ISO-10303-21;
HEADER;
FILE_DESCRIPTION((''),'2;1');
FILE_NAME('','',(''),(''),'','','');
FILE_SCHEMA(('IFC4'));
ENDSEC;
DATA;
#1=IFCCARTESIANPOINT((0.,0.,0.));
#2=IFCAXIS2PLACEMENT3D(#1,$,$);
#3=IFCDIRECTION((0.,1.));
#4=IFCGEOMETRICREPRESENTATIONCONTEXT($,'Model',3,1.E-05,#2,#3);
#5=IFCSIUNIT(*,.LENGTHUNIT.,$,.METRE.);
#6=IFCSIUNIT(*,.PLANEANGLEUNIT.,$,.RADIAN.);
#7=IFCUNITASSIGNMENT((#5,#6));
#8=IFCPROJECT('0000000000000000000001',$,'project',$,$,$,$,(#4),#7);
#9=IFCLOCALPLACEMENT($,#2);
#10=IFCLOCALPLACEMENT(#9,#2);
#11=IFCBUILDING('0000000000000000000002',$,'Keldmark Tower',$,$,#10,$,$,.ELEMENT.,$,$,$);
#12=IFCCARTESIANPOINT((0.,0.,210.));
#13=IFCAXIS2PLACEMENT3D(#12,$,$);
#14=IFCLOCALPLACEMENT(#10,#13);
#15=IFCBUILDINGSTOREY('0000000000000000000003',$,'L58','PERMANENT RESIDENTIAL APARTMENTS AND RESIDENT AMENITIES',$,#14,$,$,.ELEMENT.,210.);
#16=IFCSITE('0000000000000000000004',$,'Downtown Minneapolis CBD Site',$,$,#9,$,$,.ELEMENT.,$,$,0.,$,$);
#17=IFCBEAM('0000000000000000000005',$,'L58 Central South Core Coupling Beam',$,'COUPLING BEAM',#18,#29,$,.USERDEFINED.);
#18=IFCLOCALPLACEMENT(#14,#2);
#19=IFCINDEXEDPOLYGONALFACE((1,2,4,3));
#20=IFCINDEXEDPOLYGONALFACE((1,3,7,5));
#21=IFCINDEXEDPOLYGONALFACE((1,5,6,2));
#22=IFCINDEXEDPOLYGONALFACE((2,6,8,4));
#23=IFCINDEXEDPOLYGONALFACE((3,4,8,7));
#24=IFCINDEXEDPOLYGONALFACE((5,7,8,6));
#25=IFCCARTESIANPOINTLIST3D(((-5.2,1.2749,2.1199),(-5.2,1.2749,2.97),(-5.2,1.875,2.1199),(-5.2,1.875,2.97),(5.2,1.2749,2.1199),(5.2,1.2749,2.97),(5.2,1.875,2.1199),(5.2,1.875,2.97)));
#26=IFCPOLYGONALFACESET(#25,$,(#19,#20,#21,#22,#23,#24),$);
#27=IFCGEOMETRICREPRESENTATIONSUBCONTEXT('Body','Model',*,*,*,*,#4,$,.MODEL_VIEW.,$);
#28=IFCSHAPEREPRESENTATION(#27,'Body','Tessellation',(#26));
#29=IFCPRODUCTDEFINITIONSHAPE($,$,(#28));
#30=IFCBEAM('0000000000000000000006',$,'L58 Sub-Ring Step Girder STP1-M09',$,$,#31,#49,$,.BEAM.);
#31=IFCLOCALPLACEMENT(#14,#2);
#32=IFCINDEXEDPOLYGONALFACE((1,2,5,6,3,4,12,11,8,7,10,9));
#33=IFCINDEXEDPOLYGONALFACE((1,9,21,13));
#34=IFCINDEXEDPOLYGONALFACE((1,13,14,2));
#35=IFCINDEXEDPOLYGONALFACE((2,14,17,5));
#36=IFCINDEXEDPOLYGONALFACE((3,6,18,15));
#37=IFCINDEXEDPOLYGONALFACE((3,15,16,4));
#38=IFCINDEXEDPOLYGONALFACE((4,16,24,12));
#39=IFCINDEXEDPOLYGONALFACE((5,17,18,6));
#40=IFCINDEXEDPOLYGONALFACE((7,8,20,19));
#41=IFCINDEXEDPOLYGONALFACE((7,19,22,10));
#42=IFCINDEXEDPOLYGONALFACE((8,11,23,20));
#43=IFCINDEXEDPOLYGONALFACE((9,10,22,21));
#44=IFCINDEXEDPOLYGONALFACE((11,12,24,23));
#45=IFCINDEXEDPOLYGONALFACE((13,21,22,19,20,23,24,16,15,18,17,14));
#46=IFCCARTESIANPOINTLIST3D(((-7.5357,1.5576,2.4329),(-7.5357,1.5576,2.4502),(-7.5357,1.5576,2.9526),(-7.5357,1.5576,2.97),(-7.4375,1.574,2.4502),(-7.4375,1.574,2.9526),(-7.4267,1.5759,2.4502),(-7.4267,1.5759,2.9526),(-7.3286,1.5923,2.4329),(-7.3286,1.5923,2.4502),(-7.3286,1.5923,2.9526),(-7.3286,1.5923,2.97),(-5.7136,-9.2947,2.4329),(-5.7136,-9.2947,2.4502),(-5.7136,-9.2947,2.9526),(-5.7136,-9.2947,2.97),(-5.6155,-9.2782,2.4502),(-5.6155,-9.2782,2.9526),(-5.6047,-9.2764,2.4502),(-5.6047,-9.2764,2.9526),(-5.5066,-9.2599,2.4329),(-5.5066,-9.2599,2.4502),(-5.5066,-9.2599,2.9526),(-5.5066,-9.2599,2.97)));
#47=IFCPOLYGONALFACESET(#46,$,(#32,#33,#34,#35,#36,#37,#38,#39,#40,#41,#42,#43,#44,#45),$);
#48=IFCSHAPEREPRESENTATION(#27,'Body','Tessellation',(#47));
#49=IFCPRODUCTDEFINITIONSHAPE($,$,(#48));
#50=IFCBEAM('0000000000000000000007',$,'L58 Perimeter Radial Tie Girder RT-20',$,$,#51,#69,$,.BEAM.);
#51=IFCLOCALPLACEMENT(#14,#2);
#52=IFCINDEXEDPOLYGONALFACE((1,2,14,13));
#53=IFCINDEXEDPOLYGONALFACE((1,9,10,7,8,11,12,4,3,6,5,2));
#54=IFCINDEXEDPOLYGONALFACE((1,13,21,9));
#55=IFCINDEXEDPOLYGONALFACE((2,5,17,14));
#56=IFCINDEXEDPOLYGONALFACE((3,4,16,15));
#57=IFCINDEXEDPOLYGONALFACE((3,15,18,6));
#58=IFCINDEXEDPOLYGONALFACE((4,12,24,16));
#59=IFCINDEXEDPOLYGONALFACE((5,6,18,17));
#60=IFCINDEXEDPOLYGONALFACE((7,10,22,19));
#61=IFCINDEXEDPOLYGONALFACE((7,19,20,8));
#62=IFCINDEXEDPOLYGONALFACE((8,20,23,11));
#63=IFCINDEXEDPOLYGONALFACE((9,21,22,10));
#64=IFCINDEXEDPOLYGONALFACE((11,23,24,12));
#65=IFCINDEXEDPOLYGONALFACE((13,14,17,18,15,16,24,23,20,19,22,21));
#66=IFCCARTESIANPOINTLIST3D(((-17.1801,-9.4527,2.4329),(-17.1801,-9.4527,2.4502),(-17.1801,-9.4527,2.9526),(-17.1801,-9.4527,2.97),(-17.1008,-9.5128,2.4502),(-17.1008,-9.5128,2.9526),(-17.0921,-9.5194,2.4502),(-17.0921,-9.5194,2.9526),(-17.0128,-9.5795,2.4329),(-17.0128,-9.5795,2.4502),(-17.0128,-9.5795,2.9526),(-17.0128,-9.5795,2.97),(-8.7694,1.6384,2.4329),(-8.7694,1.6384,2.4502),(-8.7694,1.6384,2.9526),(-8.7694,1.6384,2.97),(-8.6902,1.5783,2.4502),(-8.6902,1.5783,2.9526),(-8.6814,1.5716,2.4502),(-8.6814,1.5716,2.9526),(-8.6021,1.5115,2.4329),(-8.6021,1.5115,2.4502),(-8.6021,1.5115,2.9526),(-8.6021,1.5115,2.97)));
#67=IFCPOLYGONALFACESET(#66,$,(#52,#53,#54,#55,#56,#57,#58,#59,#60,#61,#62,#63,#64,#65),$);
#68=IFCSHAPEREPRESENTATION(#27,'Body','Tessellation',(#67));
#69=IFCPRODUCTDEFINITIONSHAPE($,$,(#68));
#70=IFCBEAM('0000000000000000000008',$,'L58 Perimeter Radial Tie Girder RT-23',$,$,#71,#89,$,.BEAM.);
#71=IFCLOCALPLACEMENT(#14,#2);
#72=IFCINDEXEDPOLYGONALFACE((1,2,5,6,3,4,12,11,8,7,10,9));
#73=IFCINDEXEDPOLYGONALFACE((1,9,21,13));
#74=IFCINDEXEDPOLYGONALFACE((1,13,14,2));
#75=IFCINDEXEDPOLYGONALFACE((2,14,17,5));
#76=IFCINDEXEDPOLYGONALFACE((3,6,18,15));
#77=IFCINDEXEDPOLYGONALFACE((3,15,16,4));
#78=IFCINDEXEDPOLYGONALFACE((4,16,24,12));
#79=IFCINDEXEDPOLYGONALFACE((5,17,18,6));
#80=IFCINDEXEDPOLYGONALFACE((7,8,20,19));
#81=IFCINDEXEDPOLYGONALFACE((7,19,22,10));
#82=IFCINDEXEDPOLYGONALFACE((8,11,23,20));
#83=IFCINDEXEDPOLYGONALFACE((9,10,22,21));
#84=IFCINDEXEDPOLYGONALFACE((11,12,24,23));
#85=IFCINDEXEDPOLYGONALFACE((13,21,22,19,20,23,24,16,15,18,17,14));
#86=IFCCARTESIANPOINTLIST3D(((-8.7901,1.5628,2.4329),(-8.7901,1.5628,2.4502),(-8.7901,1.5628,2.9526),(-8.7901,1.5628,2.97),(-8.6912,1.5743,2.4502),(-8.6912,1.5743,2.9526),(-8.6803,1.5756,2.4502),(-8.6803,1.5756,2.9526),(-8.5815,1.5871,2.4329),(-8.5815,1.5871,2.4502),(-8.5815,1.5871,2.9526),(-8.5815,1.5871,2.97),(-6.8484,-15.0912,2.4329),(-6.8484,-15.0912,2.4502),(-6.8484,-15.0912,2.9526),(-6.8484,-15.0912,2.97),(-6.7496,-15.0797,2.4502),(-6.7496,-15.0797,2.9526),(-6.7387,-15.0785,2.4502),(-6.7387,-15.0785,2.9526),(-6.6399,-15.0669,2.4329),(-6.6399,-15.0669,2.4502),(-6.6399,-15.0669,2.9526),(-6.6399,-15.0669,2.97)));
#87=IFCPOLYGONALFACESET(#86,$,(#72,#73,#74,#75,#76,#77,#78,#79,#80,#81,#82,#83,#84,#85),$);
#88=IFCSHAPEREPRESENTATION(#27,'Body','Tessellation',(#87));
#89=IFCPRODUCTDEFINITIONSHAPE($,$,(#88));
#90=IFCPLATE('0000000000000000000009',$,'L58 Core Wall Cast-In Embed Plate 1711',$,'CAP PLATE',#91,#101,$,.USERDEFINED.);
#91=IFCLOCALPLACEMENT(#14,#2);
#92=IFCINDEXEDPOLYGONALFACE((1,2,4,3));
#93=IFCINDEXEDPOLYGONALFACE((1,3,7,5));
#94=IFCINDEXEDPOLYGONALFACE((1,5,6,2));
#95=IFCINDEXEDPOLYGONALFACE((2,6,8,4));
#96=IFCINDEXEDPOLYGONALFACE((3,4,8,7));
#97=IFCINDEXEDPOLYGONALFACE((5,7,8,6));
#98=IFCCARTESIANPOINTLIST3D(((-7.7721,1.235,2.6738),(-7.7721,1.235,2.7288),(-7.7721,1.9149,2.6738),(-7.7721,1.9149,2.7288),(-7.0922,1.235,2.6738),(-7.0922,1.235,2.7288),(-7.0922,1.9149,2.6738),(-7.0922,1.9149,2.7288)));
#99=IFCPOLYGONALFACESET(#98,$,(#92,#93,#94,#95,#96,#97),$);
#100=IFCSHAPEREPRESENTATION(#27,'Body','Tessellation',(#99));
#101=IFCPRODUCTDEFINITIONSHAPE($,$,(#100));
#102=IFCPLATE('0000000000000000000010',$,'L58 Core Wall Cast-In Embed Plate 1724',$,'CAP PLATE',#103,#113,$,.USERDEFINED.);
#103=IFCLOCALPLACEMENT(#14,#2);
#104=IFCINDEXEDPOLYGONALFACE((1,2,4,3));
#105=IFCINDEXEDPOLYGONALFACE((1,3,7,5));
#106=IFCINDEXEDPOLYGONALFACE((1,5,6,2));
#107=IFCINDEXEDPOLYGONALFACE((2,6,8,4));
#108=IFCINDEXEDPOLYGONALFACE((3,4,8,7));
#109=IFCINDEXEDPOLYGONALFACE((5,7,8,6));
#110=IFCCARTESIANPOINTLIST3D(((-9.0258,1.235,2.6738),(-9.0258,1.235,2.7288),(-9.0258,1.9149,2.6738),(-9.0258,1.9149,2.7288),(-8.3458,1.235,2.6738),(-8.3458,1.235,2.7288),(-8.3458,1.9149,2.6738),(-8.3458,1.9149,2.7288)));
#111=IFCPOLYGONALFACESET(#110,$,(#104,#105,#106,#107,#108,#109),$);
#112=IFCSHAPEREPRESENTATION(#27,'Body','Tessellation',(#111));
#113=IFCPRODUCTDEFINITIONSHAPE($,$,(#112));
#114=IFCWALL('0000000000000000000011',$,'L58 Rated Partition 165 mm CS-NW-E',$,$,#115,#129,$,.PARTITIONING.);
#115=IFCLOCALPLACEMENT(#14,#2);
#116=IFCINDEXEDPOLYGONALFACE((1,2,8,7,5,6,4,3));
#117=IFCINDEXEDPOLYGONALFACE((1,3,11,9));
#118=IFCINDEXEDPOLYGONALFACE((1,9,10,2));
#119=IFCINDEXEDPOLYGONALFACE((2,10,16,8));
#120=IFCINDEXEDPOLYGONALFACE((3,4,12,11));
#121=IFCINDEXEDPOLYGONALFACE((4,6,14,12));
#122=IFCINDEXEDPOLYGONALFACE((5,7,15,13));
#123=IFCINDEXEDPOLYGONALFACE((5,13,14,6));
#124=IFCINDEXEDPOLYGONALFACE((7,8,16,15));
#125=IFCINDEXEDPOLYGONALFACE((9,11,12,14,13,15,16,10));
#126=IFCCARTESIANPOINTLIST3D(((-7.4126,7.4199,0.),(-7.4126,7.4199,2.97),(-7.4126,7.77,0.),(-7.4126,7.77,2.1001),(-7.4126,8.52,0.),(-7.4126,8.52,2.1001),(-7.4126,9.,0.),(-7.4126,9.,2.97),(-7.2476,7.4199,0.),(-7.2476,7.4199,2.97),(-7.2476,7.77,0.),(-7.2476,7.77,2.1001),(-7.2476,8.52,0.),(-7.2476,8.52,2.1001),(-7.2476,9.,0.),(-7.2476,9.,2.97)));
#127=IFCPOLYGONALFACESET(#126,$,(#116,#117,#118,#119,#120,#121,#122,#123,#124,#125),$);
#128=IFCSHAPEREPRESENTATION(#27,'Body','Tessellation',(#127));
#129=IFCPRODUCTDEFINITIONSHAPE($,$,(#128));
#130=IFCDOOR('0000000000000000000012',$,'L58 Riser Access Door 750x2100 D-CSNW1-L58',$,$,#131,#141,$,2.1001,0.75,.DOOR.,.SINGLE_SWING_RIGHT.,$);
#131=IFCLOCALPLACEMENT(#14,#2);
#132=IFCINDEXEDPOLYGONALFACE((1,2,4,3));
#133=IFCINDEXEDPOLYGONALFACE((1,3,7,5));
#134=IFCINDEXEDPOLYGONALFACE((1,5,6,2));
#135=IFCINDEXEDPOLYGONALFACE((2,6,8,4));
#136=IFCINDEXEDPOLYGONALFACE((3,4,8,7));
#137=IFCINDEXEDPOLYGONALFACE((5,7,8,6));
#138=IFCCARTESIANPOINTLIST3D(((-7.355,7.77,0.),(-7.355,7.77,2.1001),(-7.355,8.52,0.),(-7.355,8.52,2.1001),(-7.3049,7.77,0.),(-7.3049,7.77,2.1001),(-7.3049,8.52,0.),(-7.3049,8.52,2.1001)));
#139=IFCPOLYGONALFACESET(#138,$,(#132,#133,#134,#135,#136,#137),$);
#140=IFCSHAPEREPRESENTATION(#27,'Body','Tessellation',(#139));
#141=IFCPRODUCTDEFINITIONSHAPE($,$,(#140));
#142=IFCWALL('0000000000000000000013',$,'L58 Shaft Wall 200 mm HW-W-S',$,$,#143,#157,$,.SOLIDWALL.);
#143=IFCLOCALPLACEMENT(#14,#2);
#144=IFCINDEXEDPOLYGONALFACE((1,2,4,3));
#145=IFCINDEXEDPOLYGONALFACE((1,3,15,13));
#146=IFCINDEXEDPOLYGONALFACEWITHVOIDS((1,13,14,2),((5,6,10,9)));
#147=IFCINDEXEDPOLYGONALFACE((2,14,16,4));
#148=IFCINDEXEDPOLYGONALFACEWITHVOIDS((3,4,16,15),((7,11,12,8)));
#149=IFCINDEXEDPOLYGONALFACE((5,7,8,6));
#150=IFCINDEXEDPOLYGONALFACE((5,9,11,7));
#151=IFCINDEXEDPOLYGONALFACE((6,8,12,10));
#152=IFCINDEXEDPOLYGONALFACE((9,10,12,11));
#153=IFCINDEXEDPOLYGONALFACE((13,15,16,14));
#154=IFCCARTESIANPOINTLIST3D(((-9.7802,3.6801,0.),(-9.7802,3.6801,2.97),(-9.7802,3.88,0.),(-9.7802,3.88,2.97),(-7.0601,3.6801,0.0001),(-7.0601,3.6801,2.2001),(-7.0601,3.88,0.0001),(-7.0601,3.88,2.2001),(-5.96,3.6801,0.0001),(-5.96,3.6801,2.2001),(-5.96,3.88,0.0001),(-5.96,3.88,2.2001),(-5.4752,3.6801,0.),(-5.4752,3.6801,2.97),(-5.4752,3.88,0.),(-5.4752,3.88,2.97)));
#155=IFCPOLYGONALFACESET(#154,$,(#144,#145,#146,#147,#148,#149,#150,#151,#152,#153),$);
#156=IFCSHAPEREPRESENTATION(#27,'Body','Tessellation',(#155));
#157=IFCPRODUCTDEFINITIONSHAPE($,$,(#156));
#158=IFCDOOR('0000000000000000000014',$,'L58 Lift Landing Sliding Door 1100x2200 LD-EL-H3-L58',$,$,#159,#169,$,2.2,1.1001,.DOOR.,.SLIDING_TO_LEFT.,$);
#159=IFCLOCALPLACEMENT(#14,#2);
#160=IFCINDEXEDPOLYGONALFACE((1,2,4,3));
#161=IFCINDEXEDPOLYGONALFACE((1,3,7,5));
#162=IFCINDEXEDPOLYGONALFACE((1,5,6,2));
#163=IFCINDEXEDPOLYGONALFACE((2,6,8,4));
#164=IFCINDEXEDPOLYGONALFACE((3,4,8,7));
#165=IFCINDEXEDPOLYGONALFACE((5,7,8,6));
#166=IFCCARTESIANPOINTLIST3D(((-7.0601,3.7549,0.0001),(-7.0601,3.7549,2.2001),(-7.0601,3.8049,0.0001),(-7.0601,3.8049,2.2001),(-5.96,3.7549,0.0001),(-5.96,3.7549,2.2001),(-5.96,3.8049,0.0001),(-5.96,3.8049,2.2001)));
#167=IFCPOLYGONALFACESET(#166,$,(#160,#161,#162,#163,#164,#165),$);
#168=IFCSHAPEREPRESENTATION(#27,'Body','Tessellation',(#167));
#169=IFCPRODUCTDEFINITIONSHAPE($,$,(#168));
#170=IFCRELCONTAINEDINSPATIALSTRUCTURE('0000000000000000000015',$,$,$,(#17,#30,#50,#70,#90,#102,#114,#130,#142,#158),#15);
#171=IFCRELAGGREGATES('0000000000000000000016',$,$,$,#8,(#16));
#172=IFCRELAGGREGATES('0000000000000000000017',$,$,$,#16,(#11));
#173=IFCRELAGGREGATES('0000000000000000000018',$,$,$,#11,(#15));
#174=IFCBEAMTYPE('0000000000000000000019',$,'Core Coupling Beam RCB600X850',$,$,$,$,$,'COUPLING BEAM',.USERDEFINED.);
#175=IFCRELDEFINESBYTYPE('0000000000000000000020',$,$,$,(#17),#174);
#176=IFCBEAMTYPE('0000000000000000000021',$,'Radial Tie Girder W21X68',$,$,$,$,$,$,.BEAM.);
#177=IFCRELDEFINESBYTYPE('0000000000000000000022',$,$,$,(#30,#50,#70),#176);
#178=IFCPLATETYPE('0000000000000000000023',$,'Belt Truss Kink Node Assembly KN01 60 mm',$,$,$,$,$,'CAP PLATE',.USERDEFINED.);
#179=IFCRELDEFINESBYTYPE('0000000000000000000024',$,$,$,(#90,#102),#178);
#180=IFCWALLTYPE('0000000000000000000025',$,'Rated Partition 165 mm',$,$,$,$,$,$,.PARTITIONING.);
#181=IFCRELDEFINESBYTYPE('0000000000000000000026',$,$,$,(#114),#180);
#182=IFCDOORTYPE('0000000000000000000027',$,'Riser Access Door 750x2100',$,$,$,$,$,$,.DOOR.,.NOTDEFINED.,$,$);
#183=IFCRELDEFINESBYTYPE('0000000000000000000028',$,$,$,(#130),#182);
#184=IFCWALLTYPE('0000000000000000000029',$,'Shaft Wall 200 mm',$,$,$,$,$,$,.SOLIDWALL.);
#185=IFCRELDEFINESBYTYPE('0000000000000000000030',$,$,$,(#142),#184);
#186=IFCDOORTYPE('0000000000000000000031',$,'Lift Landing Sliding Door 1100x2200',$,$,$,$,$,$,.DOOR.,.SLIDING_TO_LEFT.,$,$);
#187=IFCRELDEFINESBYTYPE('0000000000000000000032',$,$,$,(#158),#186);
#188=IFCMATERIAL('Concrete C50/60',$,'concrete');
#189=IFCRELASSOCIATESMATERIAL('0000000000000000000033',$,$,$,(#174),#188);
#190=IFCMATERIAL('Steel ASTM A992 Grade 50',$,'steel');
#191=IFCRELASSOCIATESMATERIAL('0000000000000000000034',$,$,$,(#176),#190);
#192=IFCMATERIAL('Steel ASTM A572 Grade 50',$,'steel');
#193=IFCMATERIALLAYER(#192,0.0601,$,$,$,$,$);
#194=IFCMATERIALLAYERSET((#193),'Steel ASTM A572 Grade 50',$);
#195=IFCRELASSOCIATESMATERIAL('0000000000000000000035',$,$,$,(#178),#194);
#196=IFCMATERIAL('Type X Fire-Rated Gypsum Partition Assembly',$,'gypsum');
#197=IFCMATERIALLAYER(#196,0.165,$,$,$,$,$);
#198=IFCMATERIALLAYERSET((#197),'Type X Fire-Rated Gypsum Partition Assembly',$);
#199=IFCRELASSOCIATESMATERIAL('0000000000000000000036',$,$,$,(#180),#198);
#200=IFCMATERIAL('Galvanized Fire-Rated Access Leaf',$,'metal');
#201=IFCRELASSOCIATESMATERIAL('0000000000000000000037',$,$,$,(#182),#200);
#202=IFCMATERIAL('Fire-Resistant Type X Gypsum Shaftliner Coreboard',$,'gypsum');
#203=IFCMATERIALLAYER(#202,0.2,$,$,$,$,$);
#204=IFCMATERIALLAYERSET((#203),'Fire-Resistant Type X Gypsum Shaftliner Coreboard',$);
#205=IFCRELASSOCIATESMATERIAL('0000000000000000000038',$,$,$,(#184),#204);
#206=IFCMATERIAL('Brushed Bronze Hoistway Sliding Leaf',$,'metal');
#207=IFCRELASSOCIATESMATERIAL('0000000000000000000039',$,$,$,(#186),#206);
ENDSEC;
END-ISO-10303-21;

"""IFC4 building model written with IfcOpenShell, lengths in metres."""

from ifc_helpers import new_model, si_unit, direction, frame, frame_2d, origin, origin_2d, place, context, subcontext, project, spatial, rectangle, i_section, extrude, material, layer, layer_set, material_profile, profile_set, type_object, element, fill, save


model = new_model("IFC4")

# Units and contexts
model_context = context("Model", 3, precision=1e-05, world=origin(), true_north=direction((0.0, 1.0)))
body_context = subcontext(model_context, "Body", "Model", "MODEL_VIEW")
ifc_project = project(units=[si_unit("LENGTHUNIT", "METRE"), si_unit("PLANEANGLEUNIT", "RADIAN")], contexts=[model_context])

# Site, building, storey
site_placement = place(None, origin())
site = spatial("IfcSite", under=ifc_project, at=site_placement, Name="Downtown Minneapolis CBD Site", CompositionType="ELEMENT", RefElevation=0.0)
building_placement = place(site_placement, origin())
building = spatial("IfcBuilding", under=site, at=building_placement, Name="Keldmark Tower", CompositionType="ELEMENT")
storey_placement = place(building_placement, frame((0.0, 0.0, 210.0)))
storey = spatial("IfcBuildingStorey", under=building, at=storey_placement, Name="L58", Description="PERMANENT RESIDENTIAL APARTMENTS AND RESIDENT AMENITIES", CompositionType="ELEMENT", Elevation=210.0)

# Beams
ifc_material_1 = material(Name="Concrete C50/60", Category="concrete")
ifc_material_profile_1 = material_profile(ifc_material_1, rectangle(XDim=0.6001, YDim=0.8501, at=origin_2d()), Name="RCB600X850")
ifc_profile_set_1 = profile_set([ifc_material_profile_1], Name="Concrete C50/60")
beam_type_1 = type_object("IfcBeamType", Name="Core Coupling Beam RCB600X850", ElementType="COUPLING BEAM", PredefinedType="USERDEFINED", material=ifc_profile_set_1)
beam_1_placement = place(storey_placement, frame((-5.2, 1.575, 2.5449), z_axis=(1.0, 0.0, 0.0), x_axis=(0.0, 1.0, 0.0)))
element("IfcBeam", 1, at=beam_1_placement, inside=storey, type_object=beam_type_1, Name="L58 Central South Core Coupling Beam", ObjectType="COUPLING BEAM", PredefinedType="USERDEFINED", context=body_context, shape_type="SweptSolid", body=[
    extrude(rectangle(XDim=0.6001, YDim=0.8501, at=origin_2d()), origin(), (0.0, 0.0, 1.0), 10.3999),
])
ifc_material_2 = material(Name="Steel ASTM A992 Grade 50", Category="steel")
ifc_material_profile_2 = material_profile(ifc_material_2, i_section(OverallWidth=0.21, OverallDepth=0.5371, WebThickness=0.011, FlangeThickness=0.0173, at=origin_2d()), Name="W21X68")
ifc_profile_set_2 = profile_set([ifc_material_profile_2], Name="Steel ASTM A992 Grade 50")
beam_type_2 = type_object("IfcBeamType", Name="Radial Tie Girder W21X68", PredefinedType="BEAM", material=ifc_profile_set_2)
beam_2_placement = place(storey_placement, frame((-7.4321, 1.575, 2.7014), z_axis=(0.165575, -0.986197, 0.0), x_axis=(0.986197, 0.165575, 0.0)))
element("IfcBeam", 2, at=beam_2_placement, inside=storey, type_object=beam_type_2, Name="L58 Sub-Ring Step Girder STP1-M09", PredefinedType="BEAM", context=body_context, shape_type="SweptSolid", body=[
    extrude(i_section(OverallWidth=0.21, OverallDepth=0.5371, WebThickness=0.011, FlangeThickness=0.0173, at=origin_2d()), origin(), (0.0, 0.0, 1.0), 11.0042),
])
beam_3_placement = place(storey_placement, frame((-8.6858, 1.575, 2.7014), z_axis=(-0.604238, -0.796804, 0.0), x_axis=(0.796804, -0.604238, 0.0)))
element("IfcBeam", 3, at=beam_3_placement, inside=storey, type_object=beam_type_2, Name="L58 Perimeter Radial Tie Girder RT-20", PredefinedType="BEAM", context=body_context, shape_type="SweptSolid", body=[
    extrude(i_section(OverallWidth=0.21, OverallDepth=0.5371, WebThickness=0.011, FlangeThickness=0.0173, at=origin_2d()), origin(), (0.0, 0.0, 1.0), 13.9194),
])
beam_4_placement = place(storey_placement, frame((-8.6858, 1.575, 2.7014), z_axis=(0.115803, -0.993272, 0.0), x_axis=(0.993272, 0.115803, 0.0)))
element("IfcBeam", 4, at=beam_4_placement, inside=storey, type_object=beam_type_2, Name="L58 Perimeter Radial Tie Girder RT-23", PredefinedType="BEAM", context=body_context, shape_type="SweptSolid", body=[
    extrude(i_section(OverallWidth=0.21, OverallDepth=0.5371, WebThickness=0.011, FlangeThickness=0.0173, at=origin_2d()), origin(), (0.0, 0.0, 1.0), 16.7668),
])

# Plates
ifc_material_3 = material(Name="Steel ASTM A572 Grade 50", Category="steel")
ifc_layer_1 = layer(ifc_material_3, 0.0601)
ifc_layer_set_1 = layer_set([ifc_layer_1], Name="Steel ASTM A572 Grade 50")
plate_type = type_object("IfcPlateType", Name="Belt Truss Kink Node Assembly KN01 60 mm", ElementType="CAP PLATE", PredefinedType="USERDEFINED", material=ifc_layer_set_1)
for number, where, z_axis, x_axis, name in (
    (5, (-7.4321, 1.575, 2.6738), (0.0, 0.0, 1.0), (1.0, 0.0, 0.0), "L58 Core Wall Cast-In Embed Plate 1711"),
    (6, (-8.6858, 1.575, 2.6738), (0.0, 0.0, 1.0), (1.0, 0.0, 0.0), "L58 Core Wall Cast-In Embed Plate 1724"),
):
    element("IfcPlate", number, at=place(storey_placement, frame(where, z_axis=z_axis, x_axis=x_axis)), inside=storey, type_object=plate_type, Name=name, ObjectType="CAP PLATE", PredefinedType="USERDEFINED", context=body_context, shape_type="SweptSolid", body=[
        extrude(rectangle(XDim=0.6799, YDim=0.6799, at=origin_2d()), origin(), (0.0, 0.0, 1.0), 0.0549),
    ])

# Walls, openings, doors
ifc_material_4 = material(Name="Type X Fire-Rated Gypsum Partition Assembly", Category="gypsum")
ifc_layer_2 = layer(ifc_material_4, 0.165)
ifc_layer_set_2 = layer_set([ifc_layer_2], Name="Type X Fire-Rated Gypsum Partition Assembly")
wall_type_1 = type_object("IfcWallType", Name="Rated Partition 165 mm", PredefinedType="PARTITIONING", material=ifc_layer_set_2)
wall_1_placement = place(storey_placement, frame((-7.3301, 7.4199, 0.0), z_axis=(0.0, 0.0, 1.0), x_axis=(0.0, 1.0, 0.0)))
wall_1 = element("IfcWall", 7, at=wall_1_placement, inside=storey, type_object=wall_type_1, Name="L58 Rated Partition 165 mm CS-NW-E", PredefinedType="PARTITIONING", context=body_context, shape_type="SweptSolid", body=[
    extrude(rectangle(XDim=1.5801, YDim=0.165, at=frame_2d((0.79, 0.0))), origin(), (0.0, 0.0, 1.0), 2.97),
])
opening_1_placement = place(wall_1_placement, frame((0.3501, 0.0, 0.0)))
opening_1 = element("IfcOpeningElement", 8, at=opening_1_placement, cuts=wall_1, PredefinedType="OPENING", context=body_context, shape_type="SweptSolid", body=[
    extrude(rectangle(XDim=0.75, YDim=2.1001, at=frame_2d((0.375, 1.05))), frame((0.0, 0.0925, 0.0), z_axis=(0.0, -1.0, 0.0), x_axis=(1.0, 0.0, 0.0)), (0.0, 0.0, 1.0), 0.1851),
])
ifc_material_5 = material(Name="Galvanized Fire-Rated Access Leaf", Category="metal")
door_type_1 = type_object("IfcDoorType", Name="Riser Access Door 750x2100", OperationType="NOTDEFINED", PredefinedType="DOOR", material=ifc_material_5)
door_1_placement = place(opening_1_placement, origin())
door_1 = element("IfcDoor", 9, at=door_1_placement, inside=storey, type_object=door_type_1, Name="L58 Riser Access Door 750x2100 D-CSNW1-L58", OperationType="SINGLE_SWING_RIGHT", OverallHeight=2.1001, OverallWidth=0.75, PredefinedType="DOOR", context=body_context, shape_type="SweptSolid", body=[
    extrude(rectangle(XDim=0.75, YDim=2.1001, at=frame_2d((0.375, 1.05))), frame((0.0, 0.0249, 0.0), z_axis=(0.0, -1.0, 0.0), x_axis=(1.0, 0.0, 0.0)), (0.0, 0.0, 1.0), 0.05),
])
fill(opening_1, door_1)
ifc_material_6 = material(Name="Fire-Resistant Type X Gypsum Shaftliner Coreboard", Category="gypsum")
ifc_layer_3 = layer(ifc_material_6, 0.2)
ifc_layer_set_3 = layer_set([ifc_layer_3], Name="Fire-Resistant Type X Gypsum Shaftliner Coreboard")
wall_type_2 = type_object("IfcWallType", Name="Shaft Wall 200 mm", PredefinedType="SOLIDWALL", material=ifc_layer_set_3)
wall_2_placement = place(storey_placement, frame((-9.78, 3.78, 0.0), z_axis=(0.0, 0.0, 1.0), x_axis=(1.0, 0.0, 0.0)))
wall_2 = element("IfcWall", 10, at=wall_2_placement, inside=storey, type_object=wall_type_2, Name="L58 Shaft Wall 200 mm HW-W-S", PredefinedType="SOLIDWALL", context=body_context, shape_type="SweptSolid", body=[
    extrude(rectangle(XDim=4.3049, YDim=0.2, at=frame_2d((2.1523, 0.0))), origin(), (0.0, 0.0, 1.0), 2.97),
])
opening_2_placement = place(wall_2_placement, frame((2.72, 0.0, 0.0)))
opening_2 = element("IfcOpeningElement", 11, at=opening_2_placement, cuts=wall_2, PredefinedType="OPENING", context=body_context, shape_type="SweptSolid", body=[
    extrude(rectangle(XDim=1.1001, YDim=2.2, at=frame_2d((0.55, 1.1001))), frame((0.0, 0.1099, 0.0), z_axis=(0.0, -1.0, 0.0), x_axis=(1.0, 0.0, 0.0)), (0.0, 0.0, 1.0), 0.22),
])
ifc_material_7 = material(Name="Brushed Bronze Hoistway Sliding Leaf", Category="metal")
door_type_2 = type_object("IfcDoorType", Name="Lift Landing Sliding Door 1100x2200", OperationType="SLIDING_TO_LEFT", PredefinedType="DOOR", material=ifc_material_7)
door_2_placement = place(opening_2_placement, origin())
door_2 = element("IfcDoor", 12, at=door_2_placement, inside=storey, type_object=door_type_2, Name="L58 Lift Landing Sliding Door 1100x2200 LD-EL-H3-L58", OperationType="SLIDING_TO_LEFT", OverallHeight=2.2, OverallWidth=1.1001, PredefinedType="DOOR", context=body_context, shape_type="SweptSolid", body=[
    extrude(rectangle(XDim=1.1001, YDim=2.2, at=frame_2d((0.55, 1.1001))), frame((0.0, 0.0249, 0.0), z_axis=(0.0, -1.0, 0.0), x_axis=(1.0, 0.0, 0.0)), (0.0, 0.0, 1.0), 0.05),
])
fill(opening_2, door_2)

save(model, "model.ifc")
